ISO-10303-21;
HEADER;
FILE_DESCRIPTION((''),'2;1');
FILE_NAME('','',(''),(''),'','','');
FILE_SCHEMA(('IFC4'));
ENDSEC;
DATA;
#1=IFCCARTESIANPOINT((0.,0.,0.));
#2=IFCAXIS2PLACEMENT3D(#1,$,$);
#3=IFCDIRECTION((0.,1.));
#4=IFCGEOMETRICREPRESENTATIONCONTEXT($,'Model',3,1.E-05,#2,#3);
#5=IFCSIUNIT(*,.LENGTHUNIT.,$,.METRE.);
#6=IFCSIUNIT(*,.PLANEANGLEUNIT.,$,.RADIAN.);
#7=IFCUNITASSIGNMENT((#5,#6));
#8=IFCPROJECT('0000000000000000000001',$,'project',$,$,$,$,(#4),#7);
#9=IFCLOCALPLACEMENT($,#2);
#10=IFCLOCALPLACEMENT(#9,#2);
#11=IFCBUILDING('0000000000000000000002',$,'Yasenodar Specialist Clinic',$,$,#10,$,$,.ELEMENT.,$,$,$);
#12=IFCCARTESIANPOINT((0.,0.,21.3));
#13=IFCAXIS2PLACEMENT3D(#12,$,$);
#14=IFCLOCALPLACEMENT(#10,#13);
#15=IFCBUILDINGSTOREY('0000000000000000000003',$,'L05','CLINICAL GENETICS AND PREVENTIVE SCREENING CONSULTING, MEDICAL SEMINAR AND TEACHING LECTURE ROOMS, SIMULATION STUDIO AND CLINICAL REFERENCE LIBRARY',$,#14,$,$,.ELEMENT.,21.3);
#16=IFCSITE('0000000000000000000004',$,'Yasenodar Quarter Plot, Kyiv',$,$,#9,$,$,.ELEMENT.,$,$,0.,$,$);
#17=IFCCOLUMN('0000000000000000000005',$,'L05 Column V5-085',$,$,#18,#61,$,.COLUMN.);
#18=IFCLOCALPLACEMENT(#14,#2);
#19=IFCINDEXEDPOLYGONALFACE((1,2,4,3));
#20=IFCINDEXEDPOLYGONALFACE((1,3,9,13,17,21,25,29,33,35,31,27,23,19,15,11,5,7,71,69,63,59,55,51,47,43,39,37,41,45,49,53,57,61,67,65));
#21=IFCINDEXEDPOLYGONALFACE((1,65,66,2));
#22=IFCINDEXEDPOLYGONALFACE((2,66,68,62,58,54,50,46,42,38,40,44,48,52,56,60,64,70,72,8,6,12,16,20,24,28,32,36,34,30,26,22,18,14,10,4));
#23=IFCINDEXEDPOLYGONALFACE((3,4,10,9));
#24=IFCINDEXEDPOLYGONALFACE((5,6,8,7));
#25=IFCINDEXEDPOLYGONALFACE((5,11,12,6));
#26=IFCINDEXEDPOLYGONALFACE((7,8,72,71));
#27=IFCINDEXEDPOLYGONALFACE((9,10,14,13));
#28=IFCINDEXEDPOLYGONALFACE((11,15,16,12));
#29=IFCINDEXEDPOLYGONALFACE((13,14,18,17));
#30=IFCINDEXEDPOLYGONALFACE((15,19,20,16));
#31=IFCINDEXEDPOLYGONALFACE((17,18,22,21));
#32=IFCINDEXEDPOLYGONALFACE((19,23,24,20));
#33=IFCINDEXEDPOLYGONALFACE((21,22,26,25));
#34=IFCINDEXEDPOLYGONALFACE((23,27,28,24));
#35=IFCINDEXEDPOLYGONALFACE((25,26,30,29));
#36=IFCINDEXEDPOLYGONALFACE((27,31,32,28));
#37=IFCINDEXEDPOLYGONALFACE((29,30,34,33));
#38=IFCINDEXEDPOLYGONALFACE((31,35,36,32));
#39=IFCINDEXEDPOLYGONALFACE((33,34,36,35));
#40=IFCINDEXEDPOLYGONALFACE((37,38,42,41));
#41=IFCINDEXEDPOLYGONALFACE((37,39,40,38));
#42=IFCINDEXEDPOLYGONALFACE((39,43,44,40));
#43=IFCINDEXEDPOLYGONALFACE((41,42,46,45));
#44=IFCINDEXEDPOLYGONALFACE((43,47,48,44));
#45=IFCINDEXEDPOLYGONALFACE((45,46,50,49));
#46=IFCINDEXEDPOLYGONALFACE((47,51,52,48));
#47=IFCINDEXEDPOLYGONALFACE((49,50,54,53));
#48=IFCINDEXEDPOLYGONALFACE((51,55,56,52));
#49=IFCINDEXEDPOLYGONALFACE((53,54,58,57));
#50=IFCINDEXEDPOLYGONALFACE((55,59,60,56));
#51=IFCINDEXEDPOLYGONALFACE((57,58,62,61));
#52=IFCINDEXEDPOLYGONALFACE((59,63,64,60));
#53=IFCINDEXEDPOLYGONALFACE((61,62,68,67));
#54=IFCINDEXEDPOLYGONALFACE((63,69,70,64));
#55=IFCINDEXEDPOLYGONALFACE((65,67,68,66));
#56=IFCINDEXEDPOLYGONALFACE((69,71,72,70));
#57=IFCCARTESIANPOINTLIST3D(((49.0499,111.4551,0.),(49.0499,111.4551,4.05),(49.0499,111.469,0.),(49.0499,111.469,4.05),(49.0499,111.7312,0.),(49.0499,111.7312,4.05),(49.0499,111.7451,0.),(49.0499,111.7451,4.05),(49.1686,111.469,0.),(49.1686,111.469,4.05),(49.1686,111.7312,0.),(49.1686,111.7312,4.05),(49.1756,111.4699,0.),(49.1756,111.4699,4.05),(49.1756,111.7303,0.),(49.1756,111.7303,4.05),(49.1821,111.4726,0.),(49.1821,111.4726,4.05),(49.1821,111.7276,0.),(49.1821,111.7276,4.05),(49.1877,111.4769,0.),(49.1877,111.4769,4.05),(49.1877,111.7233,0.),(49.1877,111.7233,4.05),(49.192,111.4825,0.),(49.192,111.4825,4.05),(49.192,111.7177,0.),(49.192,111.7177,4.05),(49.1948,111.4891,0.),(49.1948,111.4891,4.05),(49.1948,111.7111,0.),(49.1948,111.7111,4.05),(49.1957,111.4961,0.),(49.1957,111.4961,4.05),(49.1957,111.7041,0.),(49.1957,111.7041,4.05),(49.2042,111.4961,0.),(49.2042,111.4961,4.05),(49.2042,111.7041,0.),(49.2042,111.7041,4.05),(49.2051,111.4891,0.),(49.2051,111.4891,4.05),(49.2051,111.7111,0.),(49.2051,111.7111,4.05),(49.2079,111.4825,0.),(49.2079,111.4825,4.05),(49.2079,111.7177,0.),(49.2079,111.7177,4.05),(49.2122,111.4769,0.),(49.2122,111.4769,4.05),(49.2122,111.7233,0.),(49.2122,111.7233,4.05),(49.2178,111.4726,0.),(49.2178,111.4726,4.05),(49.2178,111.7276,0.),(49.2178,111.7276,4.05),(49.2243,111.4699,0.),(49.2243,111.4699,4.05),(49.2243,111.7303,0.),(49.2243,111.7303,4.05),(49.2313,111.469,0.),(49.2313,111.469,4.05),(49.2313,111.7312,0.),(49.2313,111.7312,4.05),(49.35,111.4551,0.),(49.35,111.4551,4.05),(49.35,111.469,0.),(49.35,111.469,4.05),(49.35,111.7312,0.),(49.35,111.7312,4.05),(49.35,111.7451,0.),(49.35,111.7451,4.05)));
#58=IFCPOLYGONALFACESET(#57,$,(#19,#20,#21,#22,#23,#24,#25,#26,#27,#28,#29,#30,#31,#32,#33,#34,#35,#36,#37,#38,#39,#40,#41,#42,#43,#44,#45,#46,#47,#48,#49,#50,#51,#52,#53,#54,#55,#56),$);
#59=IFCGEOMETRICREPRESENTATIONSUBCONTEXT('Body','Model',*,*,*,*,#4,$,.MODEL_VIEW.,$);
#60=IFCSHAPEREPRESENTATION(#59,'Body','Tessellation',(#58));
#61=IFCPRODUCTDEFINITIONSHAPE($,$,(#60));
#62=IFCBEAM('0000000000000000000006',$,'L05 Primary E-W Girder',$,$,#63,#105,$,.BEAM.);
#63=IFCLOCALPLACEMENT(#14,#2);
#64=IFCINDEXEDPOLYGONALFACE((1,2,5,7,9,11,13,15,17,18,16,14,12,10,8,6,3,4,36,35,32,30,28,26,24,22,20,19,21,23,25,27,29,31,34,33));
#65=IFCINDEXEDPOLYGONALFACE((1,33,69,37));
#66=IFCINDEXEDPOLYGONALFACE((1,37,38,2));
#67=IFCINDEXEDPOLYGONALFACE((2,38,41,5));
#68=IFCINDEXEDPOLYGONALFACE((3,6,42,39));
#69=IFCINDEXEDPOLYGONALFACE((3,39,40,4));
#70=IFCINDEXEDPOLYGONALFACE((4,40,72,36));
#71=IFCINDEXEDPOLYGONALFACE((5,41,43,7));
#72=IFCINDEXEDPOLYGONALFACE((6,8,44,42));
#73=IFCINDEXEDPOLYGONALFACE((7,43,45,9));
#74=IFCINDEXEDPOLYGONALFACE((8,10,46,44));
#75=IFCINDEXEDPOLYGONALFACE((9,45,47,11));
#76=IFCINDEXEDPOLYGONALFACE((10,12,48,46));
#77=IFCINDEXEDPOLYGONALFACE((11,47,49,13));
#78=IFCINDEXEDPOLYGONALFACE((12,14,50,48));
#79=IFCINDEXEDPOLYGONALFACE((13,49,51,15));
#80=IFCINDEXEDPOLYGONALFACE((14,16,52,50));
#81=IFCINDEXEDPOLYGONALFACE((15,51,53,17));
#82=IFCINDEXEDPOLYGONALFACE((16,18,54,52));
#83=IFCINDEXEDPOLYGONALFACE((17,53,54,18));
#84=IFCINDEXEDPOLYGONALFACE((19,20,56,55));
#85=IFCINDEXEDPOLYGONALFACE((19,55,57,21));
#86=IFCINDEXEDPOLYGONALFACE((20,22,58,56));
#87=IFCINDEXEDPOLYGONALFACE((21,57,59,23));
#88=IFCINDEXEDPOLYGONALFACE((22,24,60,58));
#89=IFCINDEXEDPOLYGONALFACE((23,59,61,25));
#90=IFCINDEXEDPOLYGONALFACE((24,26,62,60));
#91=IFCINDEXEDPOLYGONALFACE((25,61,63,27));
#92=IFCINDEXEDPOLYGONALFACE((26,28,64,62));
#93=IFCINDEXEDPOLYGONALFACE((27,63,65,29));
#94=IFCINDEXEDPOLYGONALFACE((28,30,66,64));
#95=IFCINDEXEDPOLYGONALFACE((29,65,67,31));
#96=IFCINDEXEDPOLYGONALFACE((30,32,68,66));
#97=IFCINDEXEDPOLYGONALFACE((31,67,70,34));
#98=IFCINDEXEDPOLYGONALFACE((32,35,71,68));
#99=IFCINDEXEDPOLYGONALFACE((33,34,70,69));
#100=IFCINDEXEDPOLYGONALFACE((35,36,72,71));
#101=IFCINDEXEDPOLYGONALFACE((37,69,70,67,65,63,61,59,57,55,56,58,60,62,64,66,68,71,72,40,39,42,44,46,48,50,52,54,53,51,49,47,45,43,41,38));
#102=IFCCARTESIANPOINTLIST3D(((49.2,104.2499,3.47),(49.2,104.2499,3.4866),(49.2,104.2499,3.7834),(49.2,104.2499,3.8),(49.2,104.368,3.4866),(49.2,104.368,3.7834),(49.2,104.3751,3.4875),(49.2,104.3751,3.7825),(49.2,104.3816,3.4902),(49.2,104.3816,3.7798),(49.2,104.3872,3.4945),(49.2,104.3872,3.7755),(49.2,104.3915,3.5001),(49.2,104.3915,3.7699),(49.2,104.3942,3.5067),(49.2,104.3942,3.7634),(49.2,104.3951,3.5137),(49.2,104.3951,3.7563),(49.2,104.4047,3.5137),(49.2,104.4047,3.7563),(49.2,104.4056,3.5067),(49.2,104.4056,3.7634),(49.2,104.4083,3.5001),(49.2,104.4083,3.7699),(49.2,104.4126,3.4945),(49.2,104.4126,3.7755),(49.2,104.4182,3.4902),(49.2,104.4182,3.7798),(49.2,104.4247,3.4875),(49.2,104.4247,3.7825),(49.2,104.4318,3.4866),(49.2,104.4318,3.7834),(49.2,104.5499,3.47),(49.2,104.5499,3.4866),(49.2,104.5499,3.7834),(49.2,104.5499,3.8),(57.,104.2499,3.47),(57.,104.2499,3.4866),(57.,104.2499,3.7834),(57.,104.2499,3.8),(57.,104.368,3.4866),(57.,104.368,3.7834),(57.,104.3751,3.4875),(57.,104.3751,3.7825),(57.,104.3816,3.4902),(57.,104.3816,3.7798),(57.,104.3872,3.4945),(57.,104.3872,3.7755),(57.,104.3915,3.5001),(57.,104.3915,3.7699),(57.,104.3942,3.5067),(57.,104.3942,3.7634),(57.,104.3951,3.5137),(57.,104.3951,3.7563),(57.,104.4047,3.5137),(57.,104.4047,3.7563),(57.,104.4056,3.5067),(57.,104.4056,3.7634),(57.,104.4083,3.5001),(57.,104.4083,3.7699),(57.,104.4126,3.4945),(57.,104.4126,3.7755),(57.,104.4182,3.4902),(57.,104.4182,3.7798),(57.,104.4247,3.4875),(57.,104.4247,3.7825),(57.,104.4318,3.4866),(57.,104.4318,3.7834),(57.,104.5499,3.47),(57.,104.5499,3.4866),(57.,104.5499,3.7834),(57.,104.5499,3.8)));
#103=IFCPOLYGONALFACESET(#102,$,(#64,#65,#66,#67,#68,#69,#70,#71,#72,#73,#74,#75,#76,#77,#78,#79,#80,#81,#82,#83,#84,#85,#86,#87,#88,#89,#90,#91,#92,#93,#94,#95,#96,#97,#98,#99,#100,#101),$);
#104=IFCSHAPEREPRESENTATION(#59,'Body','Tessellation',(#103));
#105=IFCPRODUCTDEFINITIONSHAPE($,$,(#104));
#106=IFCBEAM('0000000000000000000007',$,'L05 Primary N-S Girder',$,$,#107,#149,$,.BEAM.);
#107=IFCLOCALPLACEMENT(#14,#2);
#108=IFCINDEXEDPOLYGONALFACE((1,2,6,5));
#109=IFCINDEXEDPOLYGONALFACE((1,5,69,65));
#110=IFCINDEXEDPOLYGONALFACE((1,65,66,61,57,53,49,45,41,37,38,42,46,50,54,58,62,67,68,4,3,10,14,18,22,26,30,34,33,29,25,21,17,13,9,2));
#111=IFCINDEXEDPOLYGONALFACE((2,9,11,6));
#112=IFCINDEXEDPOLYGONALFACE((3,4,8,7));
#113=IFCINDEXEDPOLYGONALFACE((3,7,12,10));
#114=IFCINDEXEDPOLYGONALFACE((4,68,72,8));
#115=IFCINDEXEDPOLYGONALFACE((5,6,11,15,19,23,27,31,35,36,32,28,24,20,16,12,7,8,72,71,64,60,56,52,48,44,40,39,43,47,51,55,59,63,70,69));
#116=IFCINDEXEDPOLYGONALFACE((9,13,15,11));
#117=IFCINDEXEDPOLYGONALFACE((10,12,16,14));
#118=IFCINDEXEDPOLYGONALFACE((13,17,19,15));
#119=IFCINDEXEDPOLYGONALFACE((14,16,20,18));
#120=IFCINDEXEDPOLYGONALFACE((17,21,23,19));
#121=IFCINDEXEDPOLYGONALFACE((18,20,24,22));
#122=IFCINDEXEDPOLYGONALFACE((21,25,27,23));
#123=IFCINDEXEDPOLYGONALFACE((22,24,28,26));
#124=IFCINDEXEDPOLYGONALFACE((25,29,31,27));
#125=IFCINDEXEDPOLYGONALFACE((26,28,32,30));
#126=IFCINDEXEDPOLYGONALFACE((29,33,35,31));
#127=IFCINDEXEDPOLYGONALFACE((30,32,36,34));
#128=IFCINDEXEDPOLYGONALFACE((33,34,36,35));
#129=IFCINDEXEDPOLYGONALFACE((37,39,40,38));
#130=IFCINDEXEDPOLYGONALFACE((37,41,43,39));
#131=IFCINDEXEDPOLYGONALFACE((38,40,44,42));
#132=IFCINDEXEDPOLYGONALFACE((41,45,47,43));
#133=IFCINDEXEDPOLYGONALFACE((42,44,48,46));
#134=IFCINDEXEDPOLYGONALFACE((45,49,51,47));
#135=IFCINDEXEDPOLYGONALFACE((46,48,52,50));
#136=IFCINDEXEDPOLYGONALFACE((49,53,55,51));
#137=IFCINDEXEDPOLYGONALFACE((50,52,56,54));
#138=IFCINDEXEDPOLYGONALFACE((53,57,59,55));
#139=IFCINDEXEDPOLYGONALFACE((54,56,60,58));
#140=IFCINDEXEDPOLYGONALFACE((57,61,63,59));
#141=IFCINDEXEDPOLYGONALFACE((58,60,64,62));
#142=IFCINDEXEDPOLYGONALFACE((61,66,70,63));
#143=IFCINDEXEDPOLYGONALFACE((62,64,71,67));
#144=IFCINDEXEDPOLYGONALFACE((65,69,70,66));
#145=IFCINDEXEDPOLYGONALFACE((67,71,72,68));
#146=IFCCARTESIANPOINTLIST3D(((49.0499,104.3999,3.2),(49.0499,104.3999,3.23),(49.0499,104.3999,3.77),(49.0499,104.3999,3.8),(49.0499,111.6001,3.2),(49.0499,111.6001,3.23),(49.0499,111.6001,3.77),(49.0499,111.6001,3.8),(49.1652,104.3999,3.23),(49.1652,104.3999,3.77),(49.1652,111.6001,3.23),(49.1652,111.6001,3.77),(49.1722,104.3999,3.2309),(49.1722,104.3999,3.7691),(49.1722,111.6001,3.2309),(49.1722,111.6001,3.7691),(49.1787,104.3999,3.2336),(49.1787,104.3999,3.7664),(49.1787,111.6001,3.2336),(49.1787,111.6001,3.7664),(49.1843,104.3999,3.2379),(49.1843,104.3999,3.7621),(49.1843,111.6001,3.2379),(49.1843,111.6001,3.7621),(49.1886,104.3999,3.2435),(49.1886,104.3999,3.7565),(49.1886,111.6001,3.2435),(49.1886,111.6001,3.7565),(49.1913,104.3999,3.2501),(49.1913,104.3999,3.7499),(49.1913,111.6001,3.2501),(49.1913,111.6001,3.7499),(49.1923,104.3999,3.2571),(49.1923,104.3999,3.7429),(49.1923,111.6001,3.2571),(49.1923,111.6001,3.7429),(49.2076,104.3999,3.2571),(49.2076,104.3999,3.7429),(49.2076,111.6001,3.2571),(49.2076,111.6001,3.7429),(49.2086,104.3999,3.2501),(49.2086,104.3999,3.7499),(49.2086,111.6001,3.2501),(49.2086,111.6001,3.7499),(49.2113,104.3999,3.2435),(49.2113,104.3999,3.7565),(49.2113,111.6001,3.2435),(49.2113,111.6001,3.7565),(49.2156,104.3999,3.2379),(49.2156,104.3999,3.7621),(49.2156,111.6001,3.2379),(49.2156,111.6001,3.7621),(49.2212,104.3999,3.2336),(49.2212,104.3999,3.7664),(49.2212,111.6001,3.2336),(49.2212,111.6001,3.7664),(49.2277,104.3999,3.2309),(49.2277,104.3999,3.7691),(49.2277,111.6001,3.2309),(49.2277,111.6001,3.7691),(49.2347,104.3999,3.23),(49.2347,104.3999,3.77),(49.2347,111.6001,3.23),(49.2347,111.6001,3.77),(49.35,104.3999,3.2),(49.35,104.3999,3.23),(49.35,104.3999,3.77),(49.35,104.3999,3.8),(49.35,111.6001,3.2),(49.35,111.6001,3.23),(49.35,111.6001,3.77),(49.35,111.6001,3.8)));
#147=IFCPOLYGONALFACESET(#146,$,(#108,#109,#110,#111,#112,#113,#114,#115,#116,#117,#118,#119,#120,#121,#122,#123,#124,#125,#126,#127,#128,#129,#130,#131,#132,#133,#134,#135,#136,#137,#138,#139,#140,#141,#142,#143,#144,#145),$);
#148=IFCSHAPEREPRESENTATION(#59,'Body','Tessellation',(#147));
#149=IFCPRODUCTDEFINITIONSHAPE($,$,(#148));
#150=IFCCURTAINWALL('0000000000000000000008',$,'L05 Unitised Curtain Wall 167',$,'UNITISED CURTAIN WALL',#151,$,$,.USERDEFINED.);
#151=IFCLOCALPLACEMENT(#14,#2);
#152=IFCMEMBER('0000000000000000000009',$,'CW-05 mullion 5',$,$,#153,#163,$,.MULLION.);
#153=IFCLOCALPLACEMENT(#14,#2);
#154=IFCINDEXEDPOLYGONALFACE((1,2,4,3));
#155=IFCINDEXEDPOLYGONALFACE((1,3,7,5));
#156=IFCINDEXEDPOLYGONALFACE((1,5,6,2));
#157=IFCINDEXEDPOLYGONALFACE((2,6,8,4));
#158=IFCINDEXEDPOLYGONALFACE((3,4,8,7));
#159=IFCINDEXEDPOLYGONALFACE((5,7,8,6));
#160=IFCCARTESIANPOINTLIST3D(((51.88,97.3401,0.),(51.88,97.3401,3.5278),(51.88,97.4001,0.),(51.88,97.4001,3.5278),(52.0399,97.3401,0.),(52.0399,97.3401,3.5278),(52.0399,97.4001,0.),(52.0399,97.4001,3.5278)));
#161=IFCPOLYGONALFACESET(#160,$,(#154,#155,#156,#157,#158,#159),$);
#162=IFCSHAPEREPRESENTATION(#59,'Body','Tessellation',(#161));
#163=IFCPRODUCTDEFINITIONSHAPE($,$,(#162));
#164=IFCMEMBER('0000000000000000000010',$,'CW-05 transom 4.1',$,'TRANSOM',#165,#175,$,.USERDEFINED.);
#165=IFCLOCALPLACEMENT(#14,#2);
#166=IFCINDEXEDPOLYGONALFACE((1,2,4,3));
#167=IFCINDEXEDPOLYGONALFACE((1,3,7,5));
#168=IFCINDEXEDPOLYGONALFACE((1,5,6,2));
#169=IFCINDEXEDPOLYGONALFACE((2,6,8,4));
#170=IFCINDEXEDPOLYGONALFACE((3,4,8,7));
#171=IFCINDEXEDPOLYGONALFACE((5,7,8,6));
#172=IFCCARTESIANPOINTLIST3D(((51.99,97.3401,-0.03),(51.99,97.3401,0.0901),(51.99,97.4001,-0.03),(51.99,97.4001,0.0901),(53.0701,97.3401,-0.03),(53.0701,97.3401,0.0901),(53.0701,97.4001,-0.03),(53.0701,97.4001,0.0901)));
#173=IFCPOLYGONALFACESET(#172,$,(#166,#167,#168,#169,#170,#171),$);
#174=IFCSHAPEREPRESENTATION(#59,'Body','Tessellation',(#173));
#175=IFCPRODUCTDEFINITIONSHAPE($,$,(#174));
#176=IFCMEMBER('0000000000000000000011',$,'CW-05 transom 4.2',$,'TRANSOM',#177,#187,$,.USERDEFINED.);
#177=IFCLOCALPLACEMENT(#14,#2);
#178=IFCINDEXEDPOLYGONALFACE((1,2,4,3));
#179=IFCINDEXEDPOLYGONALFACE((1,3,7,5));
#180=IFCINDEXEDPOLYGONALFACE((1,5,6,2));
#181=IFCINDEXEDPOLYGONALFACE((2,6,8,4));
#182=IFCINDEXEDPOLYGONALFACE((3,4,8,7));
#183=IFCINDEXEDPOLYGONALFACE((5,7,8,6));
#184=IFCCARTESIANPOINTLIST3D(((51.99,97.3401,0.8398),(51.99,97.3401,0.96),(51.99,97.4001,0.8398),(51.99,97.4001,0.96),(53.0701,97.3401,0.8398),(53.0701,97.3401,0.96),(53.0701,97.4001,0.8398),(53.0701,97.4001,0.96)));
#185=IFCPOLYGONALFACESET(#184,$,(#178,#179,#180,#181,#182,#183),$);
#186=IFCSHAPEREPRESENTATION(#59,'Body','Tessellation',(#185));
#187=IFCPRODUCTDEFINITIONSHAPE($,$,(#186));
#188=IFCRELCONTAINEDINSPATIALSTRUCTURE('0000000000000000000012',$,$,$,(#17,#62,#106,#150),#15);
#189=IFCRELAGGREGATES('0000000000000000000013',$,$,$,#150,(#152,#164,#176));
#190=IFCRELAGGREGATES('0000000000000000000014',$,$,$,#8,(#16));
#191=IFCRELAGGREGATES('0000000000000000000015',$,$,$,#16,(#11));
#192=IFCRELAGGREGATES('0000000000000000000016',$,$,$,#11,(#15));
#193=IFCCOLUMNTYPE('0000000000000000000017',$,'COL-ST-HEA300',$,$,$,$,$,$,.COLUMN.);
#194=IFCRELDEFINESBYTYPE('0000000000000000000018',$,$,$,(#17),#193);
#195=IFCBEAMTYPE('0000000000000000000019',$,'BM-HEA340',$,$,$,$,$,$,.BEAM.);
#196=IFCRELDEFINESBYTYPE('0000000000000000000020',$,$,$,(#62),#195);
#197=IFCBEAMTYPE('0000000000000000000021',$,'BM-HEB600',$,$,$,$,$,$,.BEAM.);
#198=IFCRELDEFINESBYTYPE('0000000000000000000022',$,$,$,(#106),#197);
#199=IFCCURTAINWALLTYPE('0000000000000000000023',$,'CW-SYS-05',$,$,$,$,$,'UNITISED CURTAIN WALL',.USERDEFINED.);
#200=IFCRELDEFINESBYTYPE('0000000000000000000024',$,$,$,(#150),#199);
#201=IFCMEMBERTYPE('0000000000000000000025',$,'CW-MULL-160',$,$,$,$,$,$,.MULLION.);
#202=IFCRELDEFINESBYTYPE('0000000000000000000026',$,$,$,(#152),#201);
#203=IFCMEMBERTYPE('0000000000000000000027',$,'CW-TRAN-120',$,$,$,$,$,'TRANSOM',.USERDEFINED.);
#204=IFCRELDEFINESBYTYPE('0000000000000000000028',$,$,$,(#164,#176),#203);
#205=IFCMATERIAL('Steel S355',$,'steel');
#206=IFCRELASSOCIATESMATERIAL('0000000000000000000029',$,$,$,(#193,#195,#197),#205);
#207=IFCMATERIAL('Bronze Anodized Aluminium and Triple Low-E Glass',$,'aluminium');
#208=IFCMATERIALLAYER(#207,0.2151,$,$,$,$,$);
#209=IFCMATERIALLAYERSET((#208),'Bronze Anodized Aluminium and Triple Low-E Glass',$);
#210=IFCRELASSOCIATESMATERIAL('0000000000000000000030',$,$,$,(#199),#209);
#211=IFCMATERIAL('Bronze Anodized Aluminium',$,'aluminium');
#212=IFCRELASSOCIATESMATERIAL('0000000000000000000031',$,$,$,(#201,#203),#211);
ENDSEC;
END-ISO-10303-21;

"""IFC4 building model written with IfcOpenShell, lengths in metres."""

from ifc_helpers import new_model, si_unit, direction, frame, origin, origin_2d, place, context, subcontext, project, spatial, rectangle, i_section, extrude, material, layer, layer_set, material_profile, profile_set, type_object, element, aggregate, save


model = new_model("IFC4")

# Units and contexts
model_context = context("Model", 3, precision=1e-05, world=origin(), true_north=direction((0.0, 1.0)))
body_context = subcontext(model_context, "Body", "Model", "MODEL_VIEW")
ifc_project = project(units=[si_unit("LENGTHUNIT", "METRE"), si_unit("PLANEANGLEUNIT", "RADIAN")], contexts=[model_context])

# Site, building, storey
site_placement = place(None, origin())
site = spatial("IfcSite", under=ifc_project, at=site_placement, Name="Yasenodar Quarter Plot, Kyiv", CompositionType="ELEMENT", RefElevation=0.0)
building_placement = place(site_placement, origin())
building = spatial("IfcBuilding", under=site, at=building_placement, Name="Yasenodar Specialist Clinic", CompositionType="ELEMENT")
storey_placement = place(building_placement, frame((0.0, 0.0, 21.3)))
storey = spatial("IfcBuildingStorey", under=building, at=storey_placement, Name="L05", Description="CLINICAL GENETICS AND PREVENTIVE SCREENING CONSULTING, MEDICAL SEMINAR AND TEACHING LECTURE ROOMS, SIMULATION STUDIO AND CLINICAL REFERENCE LIBRARY", CompositionType="ELEMENT", Elevation=21.3)

# Column
ifc_material_1 = material(Name="Steel S355", Category="steel")
ifc_material_profile_1 = material_profile(ifc_material_1, i_section(OverallWidth=0.3, OverallDepth=0.29, WebThickness=0.0085, FlangeThickness=0.0139, FilletRadius=0.0271, at=origin_2d()), Name="HEA 300")
ifc_profile_set_1 = profile_set([ifc_material_profile_1], Name="Steel S355")
column_type = type_object("IfcColumnType", Name="COL-ST-HEA300", PredefinedType="COLUMN", material=ifc_profile_set_1)
column_placement = place(storey_placement, frame((49.2, 111.6001, 0.0), z_axis=(0.0, 0.0, 1.0), x_axis=(1.0, 0.0, 0.0)))
element("IfcColumn", 1, at=column_placement, inside=storey, type_object=column_type, Name="L05 Column V5-085", PredefinedType="COLUMN", context=body_context, shape_type="SweptSolid", body=[
    extrude(i_section(OverallWidth=0.3, OverallDepth=0.29, WebThickness=0.0085, FlangeThickness=0.0139, FilletRadius=0.0271, at=origin_2d()), origin(), (0.0, 0.0, 1.0), 4.05),
])

# Beams
ifc_material_profile_2 = material_profile(ifc_material_1, i_section(OverallWidth=0.3, OverallDepth=0.3301, WebThickness=0.0095, FlangeThickness=0.0166, FilletRadius=0.0271, at=origin_2d()), Name="HEA 340")
ifc_profile_set_2 = profile_set([ifc_material_profile_2], Name="Steel S355")
beam_type_1 = type_object("IfcBeamType", Name="BM-HEA340", PredefinedType="BEAM", material=ifc_profile_set_2)
beam_1_placement = place(storey_placement, frame((49.2, 104.3999, 3.635), z_axis=(1.0, 0.0, 0.0), x_axis=(0.0, 1.0, 0.0)))
element("IfcBeam", 2, at=beam_1_placement, inside=storey, type_object=beam_type_1, Name="L05 Primary E-W Girder", PredefinedType="BEAM", context=body_context, shape_type="SweptSolid", body=[
    extrude(i_section(OverallWidth=0.3, OverallDepth=0.3301, WebThickness=0.0095, FlangeThickness=0.0166, FilletRadius=0.0271, at=origin_2d()), origin(), (0.0, 0.0, 1.0), 7.8),
])
ifc_material_profile_3 = material_profile(ifc_material_1, i_section(OverallWidth=0.3, OverallDepth=0.6001, WebThickness=0.0154, FlangeThickness=0.03, FilletRadius=0.0271, at=origin_2d()), Name="HEB 600")
ifc_profile_set_3 = profile_set([ifc_material_profile_3], Name="Steel S355")
beam_type_2 = type_object("IfcBeamType", Name="BM-HEB600", PredefinedType="BEAM", material=ifc_profile_set_3)
beam_2_placement = place(storey_placement, frame((49.2, 104.3999, 3.5), z_axis=(0.0, 1.0, 0.0), x_axis=(-1.0, 0.0, 0.0)))
element("IfcBeam", 3, at=beam_2_placement, inside=storey, type_object=beam_type_2, Name="L05 Primary N-S Girder", PredefinedType="BEAM", context=body_context, shape_type="SweptSolid", body=[
    extrude(i_section(OverallWidth=0.3, OverallDepth=0.6001, WebThickness=0.0154, FlangeThickness=0.03, FilletRadius=0.0271, at=origin_2d()), origin(), (0.0, 0.0, 1.0), 7.2002),
])

# Curtain wall, members
ifc_material_2 = material(Name="Bronze Anodized Aluminium and Triple Low-E Glass", Category="aluminium")
ifc_layer_1 = layer(ifc_material_2, 0.2151)
ifc_layer_set_1 = layer_set([ifc_layer_1], Name="Bronze Anodized Aluminium and Triple Low-E Glass")
curtain_wall_type = type_object("IfcCurtainWallType", Name="CW-SYS-05", ElementType="UNITISED CURTAIN WALL", PredefinedType="USERDEFINED", material=ifc_layer_set_1)
curtain_wall_placement = place(storey_placement, origin())
curtain_wall = element("IfcCurtainWall", 4, at=curtain_wall_placement, inside=storey, type_object=curtain_wall_type, Name="L05 Unitised Curtain Wall 167", ObjectType="UNITISED CURTAIN WALL", PredefinedType="USERDEFINED")
ifc_material_3 = material(Name="Bronze Anodized Aluminium", Category="aluminium")
ifc_material_profile_4 = material_profile(ifc_material_3, rectangle(XDim=0.0601, YDim=0.1599, at=origin_2d()), Name="CW-MULL 60x160")
ifc_profile_set_4 = profile_set([ifc_material_profile_4], Name="Bronze Anodized Aluminium")
member_type_1 = type_object("IfcMemberType", Name="CW-MULL-160", PredefinedType="MULLION", material=ifc_profile_set_4)
member_1_placement = place(storey_placement, frame((51.96, 97.3701, 0.0), z_axis=(0.0, 0.0, 1.0), x_axis=(0.0, -1.0, 0.0)))
member_1 = element("IfcMember", 5, at=member_1_placement, type_object=member_type_1, Name="CW-05 mullion 5", PredefinedType="MULLION", context=body_context, shape_type="SweptSolid", body=[
    extrude(rectangle(XDim=0.0601, YDim=0.1599, at=origin_2d()), origin(), (0.0, 0.0, 1.0), 3.5278),
])
ifc_material_profile_5 = material_profile(ifc_material_3, rectangle(XDim=0.0601, YDim=0.1201, at=origin_2d()), Name="CW-TRAN 60x120")
ifc_profile_set_5 = profile_set([ifc_material_profile_5], Name="Bronze Anodized Aluminium")
member_type_2 = type_object("IfcMemberType", Name="CW-TRAN-120", ElementType="TRANSOM", PredefinedType="USERDEFINED", material=ifc_profile_set_5)
member_2_placement = place(storey_placement, frame((53.0701, 97.3701, 0.03), z_axis=(-1.0, 0.0, 0.0), x_axis=(0.0, -1.0, 0.0)))
member_2 = element("IfcMember", 6, at=member_2_placement, type_object=member_type_2, Name="CW-05 transom 4.1", ObjectType="TRANSOM", PredefinedType="USERDEFINED", context=body_context, shape_type="SweptSolid", body=[
    extrude(rectangle(XDim=0.0601, YDim=0.1201, at=origin_2d()), origin(), (0.0, 0.0, 1.0), 1.0801),
])
member_3_placement = place(storey_placement, frame((53.0701, 97.3701, 0.8999), z_axis=(-1.0, 0.0, 0.0), x_axis=(0.0, -1.0, 0.0)))
member_3 = element("IfcMember", 7, at=member_3_placement, type_object=member_type_2, Name="CW-05 transom 4.2", ObjectType="TRANSOM", PredefinedType="USERDEFINED", context=body_context, shape_type="SweptSolid", body=[
    extrude(rectangle(XDim=0.0601, YDim=0.1201, at=origin_2d()), origin(), (0.0, 0.0, 1.0), 1.0801),
])

aggregate(curtain_wall, [member_1, member_2, member_3])

save(model, "model.ifc")
